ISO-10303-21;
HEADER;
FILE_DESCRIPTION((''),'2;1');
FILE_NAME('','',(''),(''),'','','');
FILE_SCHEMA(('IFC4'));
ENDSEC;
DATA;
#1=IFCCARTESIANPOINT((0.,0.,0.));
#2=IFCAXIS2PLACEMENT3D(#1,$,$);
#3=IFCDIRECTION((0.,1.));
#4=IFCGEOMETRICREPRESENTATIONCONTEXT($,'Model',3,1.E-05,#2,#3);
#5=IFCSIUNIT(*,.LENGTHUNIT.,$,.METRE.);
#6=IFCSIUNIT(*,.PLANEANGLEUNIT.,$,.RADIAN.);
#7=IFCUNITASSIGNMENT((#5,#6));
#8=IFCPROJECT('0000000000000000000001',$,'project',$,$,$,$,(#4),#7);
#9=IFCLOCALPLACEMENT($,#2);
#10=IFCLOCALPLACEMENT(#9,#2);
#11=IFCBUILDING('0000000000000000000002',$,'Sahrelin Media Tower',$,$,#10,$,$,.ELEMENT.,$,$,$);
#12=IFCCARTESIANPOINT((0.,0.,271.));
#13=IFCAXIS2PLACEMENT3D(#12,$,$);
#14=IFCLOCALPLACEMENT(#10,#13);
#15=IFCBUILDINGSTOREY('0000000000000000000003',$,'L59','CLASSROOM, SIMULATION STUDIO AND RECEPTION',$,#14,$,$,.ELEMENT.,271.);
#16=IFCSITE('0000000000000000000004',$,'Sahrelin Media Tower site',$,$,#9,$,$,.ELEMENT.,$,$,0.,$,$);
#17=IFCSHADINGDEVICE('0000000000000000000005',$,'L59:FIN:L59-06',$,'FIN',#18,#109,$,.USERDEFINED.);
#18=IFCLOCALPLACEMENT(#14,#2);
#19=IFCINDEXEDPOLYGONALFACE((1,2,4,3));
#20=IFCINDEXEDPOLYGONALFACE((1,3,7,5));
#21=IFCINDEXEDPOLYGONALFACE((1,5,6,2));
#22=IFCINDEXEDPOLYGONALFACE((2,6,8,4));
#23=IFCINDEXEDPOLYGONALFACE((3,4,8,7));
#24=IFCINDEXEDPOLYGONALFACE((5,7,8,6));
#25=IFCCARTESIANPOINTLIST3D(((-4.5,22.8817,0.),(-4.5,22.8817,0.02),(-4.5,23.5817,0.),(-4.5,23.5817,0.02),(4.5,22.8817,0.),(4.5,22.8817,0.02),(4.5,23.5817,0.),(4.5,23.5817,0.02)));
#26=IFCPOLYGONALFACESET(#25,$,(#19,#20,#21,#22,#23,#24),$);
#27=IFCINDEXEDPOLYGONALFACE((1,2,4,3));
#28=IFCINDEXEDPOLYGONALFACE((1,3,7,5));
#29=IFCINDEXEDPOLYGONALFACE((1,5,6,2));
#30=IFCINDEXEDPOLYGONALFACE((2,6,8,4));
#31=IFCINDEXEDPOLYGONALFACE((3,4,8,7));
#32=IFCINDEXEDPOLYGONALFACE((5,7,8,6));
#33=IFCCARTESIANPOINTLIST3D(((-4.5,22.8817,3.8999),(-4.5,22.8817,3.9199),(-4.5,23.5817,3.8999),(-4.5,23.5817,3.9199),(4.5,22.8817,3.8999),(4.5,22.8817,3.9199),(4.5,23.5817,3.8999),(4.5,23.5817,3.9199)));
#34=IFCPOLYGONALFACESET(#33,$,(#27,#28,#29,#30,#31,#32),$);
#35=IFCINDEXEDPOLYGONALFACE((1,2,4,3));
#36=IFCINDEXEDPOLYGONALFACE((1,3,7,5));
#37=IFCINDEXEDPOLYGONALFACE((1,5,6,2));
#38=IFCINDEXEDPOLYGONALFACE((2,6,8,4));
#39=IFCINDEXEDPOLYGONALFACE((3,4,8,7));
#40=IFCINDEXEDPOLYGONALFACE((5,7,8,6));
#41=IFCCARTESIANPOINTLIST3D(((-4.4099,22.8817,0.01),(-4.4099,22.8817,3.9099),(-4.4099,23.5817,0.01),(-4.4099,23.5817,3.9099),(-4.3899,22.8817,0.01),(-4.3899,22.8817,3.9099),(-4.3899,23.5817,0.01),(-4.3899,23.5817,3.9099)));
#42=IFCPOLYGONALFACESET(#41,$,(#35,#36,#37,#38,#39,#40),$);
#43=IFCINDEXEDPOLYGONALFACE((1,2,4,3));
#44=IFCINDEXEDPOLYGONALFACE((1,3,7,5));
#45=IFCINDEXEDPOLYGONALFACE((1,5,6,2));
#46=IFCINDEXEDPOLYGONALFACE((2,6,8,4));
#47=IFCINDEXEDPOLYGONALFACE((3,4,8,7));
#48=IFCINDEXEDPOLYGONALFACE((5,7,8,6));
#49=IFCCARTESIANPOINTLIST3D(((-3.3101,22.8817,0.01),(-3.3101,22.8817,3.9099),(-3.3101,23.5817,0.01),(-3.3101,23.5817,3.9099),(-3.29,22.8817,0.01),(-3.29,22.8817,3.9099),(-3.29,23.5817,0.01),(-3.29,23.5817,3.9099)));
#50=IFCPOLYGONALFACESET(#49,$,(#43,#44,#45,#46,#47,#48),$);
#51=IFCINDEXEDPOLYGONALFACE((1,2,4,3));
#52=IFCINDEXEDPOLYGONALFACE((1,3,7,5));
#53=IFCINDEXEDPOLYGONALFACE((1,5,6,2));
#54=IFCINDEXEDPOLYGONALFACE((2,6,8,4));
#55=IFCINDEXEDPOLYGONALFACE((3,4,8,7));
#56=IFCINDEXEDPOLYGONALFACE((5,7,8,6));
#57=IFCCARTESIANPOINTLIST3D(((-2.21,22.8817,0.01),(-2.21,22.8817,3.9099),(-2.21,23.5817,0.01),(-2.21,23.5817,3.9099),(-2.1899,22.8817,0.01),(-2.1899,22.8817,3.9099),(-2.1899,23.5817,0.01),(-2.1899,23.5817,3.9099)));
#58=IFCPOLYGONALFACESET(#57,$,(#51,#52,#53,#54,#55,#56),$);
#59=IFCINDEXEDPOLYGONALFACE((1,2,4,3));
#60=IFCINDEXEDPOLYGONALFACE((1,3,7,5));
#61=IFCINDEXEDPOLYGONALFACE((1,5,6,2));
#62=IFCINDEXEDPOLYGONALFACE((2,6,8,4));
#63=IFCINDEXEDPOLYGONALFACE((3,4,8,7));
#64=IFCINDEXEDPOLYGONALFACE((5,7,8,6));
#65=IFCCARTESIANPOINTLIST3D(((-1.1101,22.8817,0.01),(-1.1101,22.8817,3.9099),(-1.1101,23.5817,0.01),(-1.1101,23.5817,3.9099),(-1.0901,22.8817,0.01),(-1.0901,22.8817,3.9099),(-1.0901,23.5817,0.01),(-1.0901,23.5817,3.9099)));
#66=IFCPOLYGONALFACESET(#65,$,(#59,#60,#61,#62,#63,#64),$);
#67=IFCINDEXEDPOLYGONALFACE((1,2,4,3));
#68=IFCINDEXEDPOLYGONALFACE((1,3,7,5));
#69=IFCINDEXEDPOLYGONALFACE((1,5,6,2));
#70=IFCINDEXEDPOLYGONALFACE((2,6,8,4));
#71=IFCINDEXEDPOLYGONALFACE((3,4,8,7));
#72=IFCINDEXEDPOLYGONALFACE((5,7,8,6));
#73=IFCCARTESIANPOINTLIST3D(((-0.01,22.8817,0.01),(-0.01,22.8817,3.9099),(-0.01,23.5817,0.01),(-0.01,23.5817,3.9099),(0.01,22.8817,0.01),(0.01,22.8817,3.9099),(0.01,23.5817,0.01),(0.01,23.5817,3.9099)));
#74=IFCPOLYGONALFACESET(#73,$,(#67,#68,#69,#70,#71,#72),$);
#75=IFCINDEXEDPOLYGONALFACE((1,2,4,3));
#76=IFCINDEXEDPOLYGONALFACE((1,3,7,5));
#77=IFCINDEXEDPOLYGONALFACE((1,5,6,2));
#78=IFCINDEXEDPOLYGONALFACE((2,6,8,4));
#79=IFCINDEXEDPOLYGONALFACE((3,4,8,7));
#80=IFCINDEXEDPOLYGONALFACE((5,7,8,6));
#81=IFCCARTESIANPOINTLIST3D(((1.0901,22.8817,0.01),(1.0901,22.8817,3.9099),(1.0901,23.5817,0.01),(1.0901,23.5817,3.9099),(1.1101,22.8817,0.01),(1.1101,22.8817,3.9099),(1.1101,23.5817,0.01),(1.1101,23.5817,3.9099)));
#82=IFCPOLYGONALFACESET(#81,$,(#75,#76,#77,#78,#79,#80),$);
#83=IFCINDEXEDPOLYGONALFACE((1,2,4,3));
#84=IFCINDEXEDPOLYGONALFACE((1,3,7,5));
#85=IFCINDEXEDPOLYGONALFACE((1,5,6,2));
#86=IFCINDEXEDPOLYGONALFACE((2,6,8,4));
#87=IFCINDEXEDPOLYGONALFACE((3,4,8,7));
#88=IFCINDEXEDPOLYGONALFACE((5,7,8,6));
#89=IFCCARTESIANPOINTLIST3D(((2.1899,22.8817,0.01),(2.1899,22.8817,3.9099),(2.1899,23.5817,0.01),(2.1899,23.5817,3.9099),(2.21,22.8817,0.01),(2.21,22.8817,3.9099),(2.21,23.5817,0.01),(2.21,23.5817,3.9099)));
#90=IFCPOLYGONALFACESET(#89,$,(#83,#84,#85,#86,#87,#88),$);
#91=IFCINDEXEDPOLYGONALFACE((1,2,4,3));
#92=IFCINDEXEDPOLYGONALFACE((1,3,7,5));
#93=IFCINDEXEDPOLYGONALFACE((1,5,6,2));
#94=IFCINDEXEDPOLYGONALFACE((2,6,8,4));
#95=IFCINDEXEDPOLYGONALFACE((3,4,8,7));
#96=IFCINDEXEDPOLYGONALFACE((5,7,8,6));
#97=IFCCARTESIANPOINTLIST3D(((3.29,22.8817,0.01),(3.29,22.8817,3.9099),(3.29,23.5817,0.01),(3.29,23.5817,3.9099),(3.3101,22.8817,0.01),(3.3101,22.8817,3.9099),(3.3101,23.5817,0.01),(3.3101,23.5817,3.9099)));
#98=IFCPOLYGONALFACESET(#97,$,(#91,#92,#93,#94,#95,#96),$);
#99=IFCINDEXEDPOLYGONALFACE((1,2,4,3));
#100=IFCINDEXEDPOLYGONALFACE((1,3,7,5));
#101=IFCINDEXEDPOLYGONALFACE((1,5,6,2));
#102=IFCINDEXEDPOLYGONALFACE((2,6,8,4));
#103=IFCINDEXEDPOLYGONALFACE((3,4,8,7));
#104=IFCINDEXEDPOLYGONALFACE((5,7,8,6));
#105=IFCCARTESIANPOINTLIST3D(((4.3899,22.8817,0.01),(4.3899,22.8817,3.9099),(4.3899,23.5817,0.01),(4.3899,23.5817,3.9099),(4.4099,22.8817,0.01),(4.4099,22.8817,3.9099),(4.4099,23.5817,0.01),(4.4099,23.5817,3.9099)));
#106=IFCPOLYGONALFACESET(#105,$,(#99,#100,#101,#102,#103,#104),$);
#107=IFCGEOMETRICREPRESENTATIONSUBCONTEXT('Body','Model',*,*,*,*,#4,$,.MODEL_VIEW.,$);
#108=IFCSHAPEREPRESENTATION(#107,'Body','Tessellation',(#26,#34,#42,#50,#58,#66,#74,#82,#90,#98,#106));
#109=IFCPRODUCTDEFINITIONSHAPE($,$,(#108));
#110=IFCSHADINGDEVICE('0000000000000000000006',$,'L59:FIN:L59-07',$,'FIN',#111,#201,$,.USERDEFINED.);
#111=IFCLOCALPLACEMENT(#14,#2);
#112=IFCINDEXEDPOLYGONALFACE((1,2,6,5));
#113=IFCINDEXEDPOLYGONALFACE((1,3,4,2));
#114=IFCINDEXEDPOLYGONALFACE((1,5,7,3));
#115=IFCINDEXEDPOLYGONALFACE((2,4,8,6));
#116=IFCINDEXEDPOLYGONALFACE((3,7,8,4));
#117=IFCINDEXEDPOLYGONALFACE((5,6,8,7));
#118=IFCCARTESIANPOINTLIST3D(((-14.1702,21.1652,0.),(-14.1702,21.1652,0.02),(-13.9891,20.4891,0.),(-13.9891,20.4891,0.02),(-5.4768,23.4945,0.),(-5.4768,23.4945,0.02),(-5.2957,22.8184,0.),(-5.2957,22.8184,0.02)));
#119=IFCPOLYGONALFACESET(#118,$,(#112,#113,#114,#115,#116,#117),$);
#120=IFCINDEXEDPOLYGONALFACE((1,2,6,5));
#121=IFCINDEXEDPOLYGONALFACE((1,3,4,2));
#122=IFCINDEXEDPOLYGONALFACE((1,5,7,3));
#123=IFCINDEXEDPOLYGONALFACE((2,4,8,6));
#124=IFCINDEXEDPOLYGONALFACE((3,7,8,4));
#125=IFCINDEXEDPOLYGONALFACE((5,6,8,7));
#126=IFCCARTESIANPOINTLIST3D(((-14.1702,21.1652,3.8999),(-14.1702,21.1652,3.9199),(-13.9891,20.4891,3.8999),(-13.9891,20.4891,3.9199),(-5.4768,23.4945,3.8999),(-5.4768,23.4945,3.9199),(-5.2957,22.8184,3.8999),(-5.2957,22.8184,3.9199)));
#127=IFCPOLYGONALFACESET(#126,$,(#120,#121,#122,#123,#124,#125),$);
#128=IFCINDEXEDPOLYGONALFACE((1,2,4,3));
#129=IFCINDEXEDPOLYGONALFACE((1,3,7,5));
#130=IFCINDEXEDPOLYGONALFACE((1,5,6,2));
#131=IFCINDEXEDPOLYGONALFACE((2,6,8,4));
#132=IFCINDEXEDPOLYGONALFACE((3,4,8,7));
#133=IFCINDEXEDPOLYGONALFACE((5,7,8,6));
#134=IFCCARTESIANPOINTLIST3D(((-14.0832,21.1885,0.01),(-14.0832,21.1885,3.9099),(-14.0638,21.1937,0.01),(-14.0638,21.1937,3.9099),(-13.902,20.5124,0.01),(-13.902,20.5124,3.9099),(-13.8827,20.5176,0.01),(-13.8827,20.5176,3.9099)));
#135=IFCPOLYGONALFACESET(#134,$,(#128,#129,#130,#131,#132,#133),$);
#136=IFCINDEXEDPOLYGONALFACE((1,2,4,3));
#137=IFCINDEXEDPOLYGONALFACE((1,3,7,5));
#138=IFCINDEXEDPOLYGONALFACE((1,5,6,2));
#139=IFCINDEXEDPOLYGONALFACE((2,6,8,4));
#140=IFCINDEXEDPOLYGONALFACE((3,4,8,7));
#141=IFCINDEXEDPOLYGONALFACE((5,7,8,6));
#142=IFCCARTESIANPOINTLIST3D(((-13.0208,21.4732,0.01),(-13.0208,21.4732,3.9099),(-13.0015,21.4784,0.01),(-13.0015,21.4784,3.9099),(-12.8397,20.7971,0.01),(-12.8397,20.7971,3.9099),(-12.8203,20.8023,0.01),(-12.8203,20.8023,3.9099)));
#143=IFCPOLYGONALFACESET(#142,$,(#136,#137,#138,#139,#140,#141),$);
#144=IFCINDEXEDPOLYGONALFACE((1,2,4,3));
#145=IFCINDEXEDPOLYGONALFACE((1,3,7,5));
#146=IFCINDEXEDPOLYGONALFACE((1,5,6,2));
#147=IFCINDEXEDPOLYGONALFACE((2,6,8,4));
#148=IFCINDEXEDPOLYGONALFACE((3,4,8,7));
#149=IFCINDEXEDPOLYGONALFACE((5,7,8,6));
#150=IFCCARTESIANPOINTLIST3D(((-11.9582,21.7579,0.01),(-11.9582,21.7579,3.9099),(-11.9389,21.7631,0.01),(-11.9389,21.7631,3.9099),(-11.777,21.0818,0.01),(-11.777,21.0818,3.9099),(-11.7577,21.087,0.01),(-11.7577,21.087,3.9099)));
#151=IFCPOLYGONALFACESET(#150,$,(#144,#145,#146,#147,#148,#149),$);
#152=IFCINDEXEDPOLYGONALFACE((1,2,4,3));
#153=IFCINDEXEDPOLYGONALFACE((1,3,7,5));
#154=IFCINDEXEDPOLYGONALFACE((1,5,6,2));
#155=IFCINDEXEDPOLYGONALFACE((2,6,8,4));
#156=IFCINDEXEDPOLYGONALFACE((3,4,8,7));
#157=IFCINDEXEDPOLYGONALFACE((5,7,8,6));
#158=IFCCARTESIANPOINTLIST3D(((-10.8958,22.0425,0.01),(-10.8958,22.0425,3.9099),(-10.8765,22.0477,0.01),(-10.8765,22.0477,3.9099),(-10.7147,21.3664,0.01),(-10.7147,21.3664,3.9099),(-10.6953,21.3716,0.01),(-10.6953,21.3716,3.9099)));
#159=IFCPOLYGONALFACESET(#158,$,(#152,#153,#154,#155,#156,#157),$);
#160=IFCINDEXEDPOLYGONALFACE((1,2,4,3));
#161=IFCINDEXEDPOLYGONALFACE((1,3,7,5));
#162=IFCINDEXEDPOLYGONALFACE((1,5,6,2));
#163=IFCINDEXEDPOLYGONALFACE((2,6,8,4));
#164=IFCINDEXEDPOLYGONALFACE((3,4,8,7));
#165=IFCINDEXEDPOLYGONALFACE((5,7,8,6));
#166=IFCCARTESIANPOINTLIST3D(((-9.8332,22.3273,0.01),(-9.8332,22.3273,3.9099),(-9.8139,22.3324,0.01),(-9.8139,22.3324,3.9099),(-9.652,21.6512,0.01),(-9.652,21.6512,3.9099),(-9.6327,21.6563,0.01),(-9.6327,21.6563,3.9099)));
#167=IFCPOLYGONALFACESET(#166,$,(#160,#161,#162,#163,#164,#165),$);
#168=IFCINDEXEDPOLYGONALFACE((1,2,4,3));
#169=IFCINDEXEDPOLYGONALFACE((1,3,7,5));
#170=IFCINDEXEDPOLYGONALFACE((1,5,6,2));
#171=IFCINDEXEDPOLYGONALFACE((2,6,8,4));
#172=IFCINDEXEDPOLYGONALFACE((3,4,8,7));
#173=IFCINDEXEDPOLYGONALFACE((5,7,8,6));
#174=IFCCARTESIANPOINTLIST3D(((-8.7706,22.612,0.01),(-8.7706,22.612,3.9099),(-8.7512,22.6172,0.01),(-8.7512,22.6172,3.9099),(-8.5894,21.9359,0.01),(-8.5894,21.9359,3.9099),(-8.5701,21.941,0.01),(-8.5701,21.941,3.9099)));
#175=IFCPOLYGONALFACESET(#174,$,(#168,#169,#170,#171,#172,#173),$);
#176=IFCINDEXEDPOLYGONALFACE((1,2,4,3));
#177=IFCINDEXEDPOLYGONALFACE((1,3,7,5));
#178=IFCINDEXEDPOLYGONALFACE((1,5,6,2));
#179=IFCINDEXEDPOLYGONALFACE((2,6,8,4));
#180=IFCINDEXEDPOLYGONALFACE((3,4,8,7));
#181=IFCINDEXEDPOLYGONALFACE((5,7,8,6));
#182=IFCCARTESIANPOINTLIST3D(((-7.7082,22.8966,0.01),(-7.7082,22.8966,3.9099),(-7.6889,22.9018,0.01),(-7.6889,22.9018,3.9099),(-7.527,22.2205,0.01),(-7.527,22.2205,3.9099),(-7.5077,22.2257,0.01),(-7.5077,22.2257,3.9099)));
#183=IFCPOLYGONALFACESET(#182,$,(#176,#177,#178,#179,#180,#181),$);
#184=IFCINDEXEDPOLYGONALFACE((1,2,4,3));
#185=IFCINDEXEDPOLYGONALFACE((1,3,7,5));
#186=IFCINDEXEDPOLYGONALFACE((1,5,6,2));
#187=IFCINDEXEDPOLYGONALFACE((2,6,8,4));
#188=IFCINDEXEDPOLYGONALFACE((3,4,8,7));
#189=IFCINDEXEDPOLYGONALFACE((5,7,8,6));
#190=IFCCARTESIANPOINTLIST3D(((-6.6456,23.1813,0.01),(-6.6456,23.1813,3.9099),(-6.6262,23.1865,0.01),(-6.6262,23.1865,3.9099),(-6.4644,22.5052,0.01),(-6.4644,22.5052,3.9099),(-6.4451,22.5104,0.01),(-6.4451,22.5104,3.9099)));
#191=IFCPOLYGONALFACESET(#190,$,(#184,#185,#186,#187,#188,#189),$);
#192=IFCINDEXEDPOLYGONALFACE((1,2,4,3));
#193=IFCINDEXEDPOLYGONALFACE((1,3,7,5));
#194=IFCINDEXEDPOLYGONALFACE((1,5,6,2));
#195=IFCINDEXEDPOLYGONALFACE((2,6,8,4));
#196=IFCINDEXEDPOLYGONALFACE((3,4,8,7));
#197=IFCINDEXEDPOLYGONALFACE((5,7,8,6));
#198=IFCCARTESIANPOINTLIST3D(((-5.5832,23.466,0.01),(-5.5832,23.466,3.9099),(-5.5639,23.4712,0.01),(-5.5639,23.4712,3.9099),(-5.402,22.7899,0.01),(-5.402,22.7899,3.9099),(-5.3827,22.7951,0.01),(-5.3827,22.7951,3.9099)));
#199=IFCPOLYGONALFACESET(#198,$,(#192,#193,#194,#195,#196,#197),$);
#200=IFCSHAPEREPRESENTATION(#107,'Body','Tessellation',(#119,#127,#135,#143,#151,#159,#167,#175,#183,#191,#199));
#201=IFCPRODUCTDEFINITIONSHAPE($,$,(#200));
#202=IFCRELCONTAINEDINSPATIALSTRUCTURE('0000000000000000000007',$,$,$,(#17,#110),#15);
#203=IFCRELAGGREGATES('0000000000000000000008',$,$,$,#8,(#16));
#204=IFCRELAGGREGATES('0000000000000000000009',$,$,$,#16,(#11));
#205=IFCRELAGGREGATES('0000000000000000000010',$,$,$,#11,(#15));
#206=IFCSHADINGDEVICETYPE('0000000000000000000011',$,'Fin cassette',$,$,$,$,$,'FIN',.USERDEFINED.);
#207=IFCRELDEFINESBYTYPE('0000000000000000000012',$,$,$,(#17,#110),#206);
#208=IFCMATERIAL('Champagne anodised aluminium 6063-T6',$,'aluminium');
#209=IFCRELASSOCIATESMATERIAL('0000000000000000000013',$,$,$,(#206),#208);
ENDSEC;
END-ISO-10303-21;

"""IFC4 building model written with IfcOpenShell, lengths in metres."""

from ifc_helpers import new_model, si_unit, direction, frame, origin, origin_2d, place, context, subcontext, project, spatial, rectangle, extrude, material, type_object, element, save


model = new_model("IFC4")

# Units and contexts
model_context = context("Model", 3, precision=1e-05, world=origin(), true_north=direction((0.0, 1.0)))
body_context = subcontext(model_context, "Body", "Model", "MODEL_VIEW")
ifc_project = project(units=[si_unit("LENGTHUNIT", "METRE"), si_unit("PLANEANGLEUNIT", "RADIAN")], contexts=[model_context])

# Site, building, storey
site_placement = place(None, origin())
site = spatial("IfcSite", under=ifc_project, at=site_placement, Name="Sahrelin Media Tower site", CompositionType="ELEMENT", RefElevation=0.0)
building_placement = place(site_placement, origin())
building = spatial("IfcBuilding", under=site, at=building_placement, Name="Sahrelin Media Tower", CompositionType="ELEMENT")
storey_placement = place(building_placement, frame((0.0, 0.0, 271.0)))
storey = spatial("IfcBuildingStorey", under=building, at=storey_placement, Name="L59", Description="CLASSROOM, SIMULATION STUDIO AND RECEPTION", CompositionType="ELEMENT", Elevation=271.0)

# Shared definitions
ifc_material_1 = material(Name="Champagne anodised aluminium 6063-T6", Category="aluminium")
placement_1 = place(storey_placement, frame((0.0, 22.8118, 0.0), z_axis=(0.0, 0.0, 1.0), x_axis=(1.0, 0.0, 0.0)))

# Shading devices
shading_device_type_1 = type_object("IfcShadingDeviceType", Name="Fin cassette", ElementType="FIN", PredefinedType="USERDEFINED", material=ifc_material_1)
element("IfcShadingDevice", 1, at=placement_1, inside=storey, type_object=shading_device_type_1, Name="L59:FIN:L59-06", ObjectType="FIN", PredefinedType="USERDEFINED", context=body_context, shape_type="SweptSolid", body=[
    extrude(rectangle(XDim=9.0, YDim=0.7, at=origin_2d()), frame((0.0, 0.4199, 0.0)), (0.0, 0.0, 1.0), 0.02),
    extrude(rectangle(XDim=9.0, YDim=0.7, at=origin_2d()), frame((0.0, 0.4199, 3.8999)), (0.0, 0.0, 1.0), 0.02),
    extrude(rectangle(XDim=0.02, YDim=0.7, at=origin_2d()), frame((-4.3999, 0.4199, 0.01), z_axis=(0.0, 0.0, 1.0), x_axis=(1.0, 0.0, 0.0)), (0.0, 0.0, 1.0), 3.8999),
    extrude(rectangle(XDim=0.02, YDim=0.7, at=origin_2d()), frame((-3.3, 0.4199, 0.01), z_axis=(0.0, 0.0, 1.0), x_axis=(1.0, 0.0, 0.0)), (0.0, 0.0, 1.0), 3.8999),
    extrude(rectangle(XDim=0.02, YDim=0.7, at=origin_2d()), frame((-2.2, 0.4199, 0.01), z_axis=(0.0, 0.0, 1.0), x_axis=(1.0, 0.0, 0.0)), (0.0, 0.0, 1.0), 3.8999),
    extrude(rectangle(XDim=0.02, YDim=0.7, at=origin_2d()), frame((-1.1001, 0.4199, 0.01), z_axis=(0.0, 0.0, 1.0), x_axis=(1.0, 0.0, 0.0)), (0.0, 0.0, 1.0), 3.8999),
    extrude(rectangle(XDim=0.02, YDim=0.7, at=origin_2d()), frame((0.0, 0.4199, 0.01), z_axis=(0.0, 0.0, 1.0), x_axis=(1.0, 0.0, 0.0)), (0.0, 0.0, 1.0), 3.8999),
    extrude(rectangle(XDim=0.02, YDim=0.7, at=origin_2d()), frame((1.1001, 0.4199, 0.01), z_axis=(0.0, 0.0, 1.0), x_axis=(1.0, 0.0, 0.0)), (0.0, 0.0, 1.0), 3.8999),
    extrude(rectangle(XDim=0.02, YDim=0.7, at=origin_2d()), frame((2.2, 0.4199, 0.01), z_axis=(0.0, 0.0, 1.0), x_axis=(1.0, 0.0, 0.0)), (0.0, 0.0, 1.0), 3.8999),
    extrude(rectangle(XDim=0.02, YDim=0.7, at=origin_2d()), frame((3.3, 0.4199, 0.01), z_axis=(0.0, 0.0, 1.0), x_axis=(1.0, 0.0, 0.0)), (0.0, 0.0, 1.0), 3.8999),
    extrude(rectangle(XDim=0.02, YDim=0.7, at=origin_2d()), frame((4.3999, 0.4199, 0.01), z_axis=(0.0, 0.0, 1.0), x_axis=(1.0, 0.0, 0.0)), (0.0, 0.0, 1.0), 3.8999),
])
placement_2 = place(storey_placement, frame((-9.6243, 21.5862, 0.0), z_axis=(0.0, 0.0, 1.0), x_axis=(0.965929, 0.258808, 0.0)))
element("IfcShadingDevice", 2, at=placement_2, inside=storey, type_object=shading_device_type_1, Name="L59:FIN:L59-07", ObjectType="FIN", PredefinedType="USERDEFINED", context=body_context, shape_type="SweptSolid", body=[
    extrude(rectangle(XDim=9.0, YDim=0.7, at=origin_2d()), frame((0.0, 0.4199, 0.0)), (0.0, 0.0, 1.0), 0.02),
    extrude(rectangle(XDim=9.0, YDim=0.7, at=origin_2d()), frame((0.0, 0.4199, 3.8999)), (0.0, 0.0, 1.0), 0.02),
    extrude(rectangle(XDim=0.02, YDim=0.7, at=origin_2d()), frame((-4.3999, 0.4199, 0.01), z_axis=(0.0, 0.0, 1.0), x_axis=(1.0, 0.0, 0.0)), (0.0, 0.0, 1.0), 3.8999),
    extrude(rectangle(XDim=0.02, YDim=0.7, at=origin_2d()), frame((-3.3, 0.4199, 0.01), z_axis=(0.0, 0.0, 1.0), x_axis=(1.0, 0.0, 0.0)), (0.0, 0.0, 1.0), 3.8999),
    extrude(rectangle(XDim=0.02, YDim=0.7, at=origin_2d()), frame((-2.2, 0.4199, 0.01), z_axis=(0.0, 0.0, 1.0), x_axis=(1.0, 0.0, 0.0)), (0.0, 0.0, 1.0), 3.8999),
    extrude(rectangle(XDim=0.02, YDim=0.7, at=origin_2d()), frame((-1.1001, 0.4199, 0.01), z_axis=(0.0, 0.0, 1.0), x_axis=(1.0, 0.0, 0.0)), (0.0, 0.0, 1.0), 3.8999),
    extrude(rectangle(XDim=0.02, YDim=0.7, at=origin_2d()), frame((0.0, 0.4199, 0.01), z_axis=(0.0, 0.0, 1.0), x_axis=(1.0, 0.0, 0.0)), (0.0, 0.0, 1.0), 3.8999),
    extrude(rectangle(XDim=0.02, YDim=0.7, at=origin_2d()), frame((1.1001, 0.4199, 0.01), z_axis=(0.0, 0.0, 1.0), x_axis=(1.0, 0.0, 0.0)), (0.0, 0.0, 1.0), 3.8999),
    extrude(rectangle(XDim=0.02, YDim=0.7, at=origin_2d()), frame((2.2, 0.4199, 0.01), z_axis=(0.0, 0.0, 1.0), x_axis=(1.0, 0.0, 0.0)), (0.0, 0.0, 1.0), 3.8999),
    extrude(rectangle(XDim=0.02, YDim=0.7, at=origin_2d()), frame((3.3, 0.4199, 0.01), z_axis=(0.0, 0.0, 1.0), x_axis=(1.0, 0.0, 0.0)), (0.0, 0.0, 1.0), 3.8999),
    extrude(rectangle(XDim=0.02, YDim=0.7, at=origin_2d()), frame((4.3999, 0.4199, 0.01), z_axis=(0.0, 0.0, 1.0), x_axis=(1.0, 0.0, 0.0)), (0.0, 0.0, 1.0), 3.8999),
])

save(model, "model.ifc")
